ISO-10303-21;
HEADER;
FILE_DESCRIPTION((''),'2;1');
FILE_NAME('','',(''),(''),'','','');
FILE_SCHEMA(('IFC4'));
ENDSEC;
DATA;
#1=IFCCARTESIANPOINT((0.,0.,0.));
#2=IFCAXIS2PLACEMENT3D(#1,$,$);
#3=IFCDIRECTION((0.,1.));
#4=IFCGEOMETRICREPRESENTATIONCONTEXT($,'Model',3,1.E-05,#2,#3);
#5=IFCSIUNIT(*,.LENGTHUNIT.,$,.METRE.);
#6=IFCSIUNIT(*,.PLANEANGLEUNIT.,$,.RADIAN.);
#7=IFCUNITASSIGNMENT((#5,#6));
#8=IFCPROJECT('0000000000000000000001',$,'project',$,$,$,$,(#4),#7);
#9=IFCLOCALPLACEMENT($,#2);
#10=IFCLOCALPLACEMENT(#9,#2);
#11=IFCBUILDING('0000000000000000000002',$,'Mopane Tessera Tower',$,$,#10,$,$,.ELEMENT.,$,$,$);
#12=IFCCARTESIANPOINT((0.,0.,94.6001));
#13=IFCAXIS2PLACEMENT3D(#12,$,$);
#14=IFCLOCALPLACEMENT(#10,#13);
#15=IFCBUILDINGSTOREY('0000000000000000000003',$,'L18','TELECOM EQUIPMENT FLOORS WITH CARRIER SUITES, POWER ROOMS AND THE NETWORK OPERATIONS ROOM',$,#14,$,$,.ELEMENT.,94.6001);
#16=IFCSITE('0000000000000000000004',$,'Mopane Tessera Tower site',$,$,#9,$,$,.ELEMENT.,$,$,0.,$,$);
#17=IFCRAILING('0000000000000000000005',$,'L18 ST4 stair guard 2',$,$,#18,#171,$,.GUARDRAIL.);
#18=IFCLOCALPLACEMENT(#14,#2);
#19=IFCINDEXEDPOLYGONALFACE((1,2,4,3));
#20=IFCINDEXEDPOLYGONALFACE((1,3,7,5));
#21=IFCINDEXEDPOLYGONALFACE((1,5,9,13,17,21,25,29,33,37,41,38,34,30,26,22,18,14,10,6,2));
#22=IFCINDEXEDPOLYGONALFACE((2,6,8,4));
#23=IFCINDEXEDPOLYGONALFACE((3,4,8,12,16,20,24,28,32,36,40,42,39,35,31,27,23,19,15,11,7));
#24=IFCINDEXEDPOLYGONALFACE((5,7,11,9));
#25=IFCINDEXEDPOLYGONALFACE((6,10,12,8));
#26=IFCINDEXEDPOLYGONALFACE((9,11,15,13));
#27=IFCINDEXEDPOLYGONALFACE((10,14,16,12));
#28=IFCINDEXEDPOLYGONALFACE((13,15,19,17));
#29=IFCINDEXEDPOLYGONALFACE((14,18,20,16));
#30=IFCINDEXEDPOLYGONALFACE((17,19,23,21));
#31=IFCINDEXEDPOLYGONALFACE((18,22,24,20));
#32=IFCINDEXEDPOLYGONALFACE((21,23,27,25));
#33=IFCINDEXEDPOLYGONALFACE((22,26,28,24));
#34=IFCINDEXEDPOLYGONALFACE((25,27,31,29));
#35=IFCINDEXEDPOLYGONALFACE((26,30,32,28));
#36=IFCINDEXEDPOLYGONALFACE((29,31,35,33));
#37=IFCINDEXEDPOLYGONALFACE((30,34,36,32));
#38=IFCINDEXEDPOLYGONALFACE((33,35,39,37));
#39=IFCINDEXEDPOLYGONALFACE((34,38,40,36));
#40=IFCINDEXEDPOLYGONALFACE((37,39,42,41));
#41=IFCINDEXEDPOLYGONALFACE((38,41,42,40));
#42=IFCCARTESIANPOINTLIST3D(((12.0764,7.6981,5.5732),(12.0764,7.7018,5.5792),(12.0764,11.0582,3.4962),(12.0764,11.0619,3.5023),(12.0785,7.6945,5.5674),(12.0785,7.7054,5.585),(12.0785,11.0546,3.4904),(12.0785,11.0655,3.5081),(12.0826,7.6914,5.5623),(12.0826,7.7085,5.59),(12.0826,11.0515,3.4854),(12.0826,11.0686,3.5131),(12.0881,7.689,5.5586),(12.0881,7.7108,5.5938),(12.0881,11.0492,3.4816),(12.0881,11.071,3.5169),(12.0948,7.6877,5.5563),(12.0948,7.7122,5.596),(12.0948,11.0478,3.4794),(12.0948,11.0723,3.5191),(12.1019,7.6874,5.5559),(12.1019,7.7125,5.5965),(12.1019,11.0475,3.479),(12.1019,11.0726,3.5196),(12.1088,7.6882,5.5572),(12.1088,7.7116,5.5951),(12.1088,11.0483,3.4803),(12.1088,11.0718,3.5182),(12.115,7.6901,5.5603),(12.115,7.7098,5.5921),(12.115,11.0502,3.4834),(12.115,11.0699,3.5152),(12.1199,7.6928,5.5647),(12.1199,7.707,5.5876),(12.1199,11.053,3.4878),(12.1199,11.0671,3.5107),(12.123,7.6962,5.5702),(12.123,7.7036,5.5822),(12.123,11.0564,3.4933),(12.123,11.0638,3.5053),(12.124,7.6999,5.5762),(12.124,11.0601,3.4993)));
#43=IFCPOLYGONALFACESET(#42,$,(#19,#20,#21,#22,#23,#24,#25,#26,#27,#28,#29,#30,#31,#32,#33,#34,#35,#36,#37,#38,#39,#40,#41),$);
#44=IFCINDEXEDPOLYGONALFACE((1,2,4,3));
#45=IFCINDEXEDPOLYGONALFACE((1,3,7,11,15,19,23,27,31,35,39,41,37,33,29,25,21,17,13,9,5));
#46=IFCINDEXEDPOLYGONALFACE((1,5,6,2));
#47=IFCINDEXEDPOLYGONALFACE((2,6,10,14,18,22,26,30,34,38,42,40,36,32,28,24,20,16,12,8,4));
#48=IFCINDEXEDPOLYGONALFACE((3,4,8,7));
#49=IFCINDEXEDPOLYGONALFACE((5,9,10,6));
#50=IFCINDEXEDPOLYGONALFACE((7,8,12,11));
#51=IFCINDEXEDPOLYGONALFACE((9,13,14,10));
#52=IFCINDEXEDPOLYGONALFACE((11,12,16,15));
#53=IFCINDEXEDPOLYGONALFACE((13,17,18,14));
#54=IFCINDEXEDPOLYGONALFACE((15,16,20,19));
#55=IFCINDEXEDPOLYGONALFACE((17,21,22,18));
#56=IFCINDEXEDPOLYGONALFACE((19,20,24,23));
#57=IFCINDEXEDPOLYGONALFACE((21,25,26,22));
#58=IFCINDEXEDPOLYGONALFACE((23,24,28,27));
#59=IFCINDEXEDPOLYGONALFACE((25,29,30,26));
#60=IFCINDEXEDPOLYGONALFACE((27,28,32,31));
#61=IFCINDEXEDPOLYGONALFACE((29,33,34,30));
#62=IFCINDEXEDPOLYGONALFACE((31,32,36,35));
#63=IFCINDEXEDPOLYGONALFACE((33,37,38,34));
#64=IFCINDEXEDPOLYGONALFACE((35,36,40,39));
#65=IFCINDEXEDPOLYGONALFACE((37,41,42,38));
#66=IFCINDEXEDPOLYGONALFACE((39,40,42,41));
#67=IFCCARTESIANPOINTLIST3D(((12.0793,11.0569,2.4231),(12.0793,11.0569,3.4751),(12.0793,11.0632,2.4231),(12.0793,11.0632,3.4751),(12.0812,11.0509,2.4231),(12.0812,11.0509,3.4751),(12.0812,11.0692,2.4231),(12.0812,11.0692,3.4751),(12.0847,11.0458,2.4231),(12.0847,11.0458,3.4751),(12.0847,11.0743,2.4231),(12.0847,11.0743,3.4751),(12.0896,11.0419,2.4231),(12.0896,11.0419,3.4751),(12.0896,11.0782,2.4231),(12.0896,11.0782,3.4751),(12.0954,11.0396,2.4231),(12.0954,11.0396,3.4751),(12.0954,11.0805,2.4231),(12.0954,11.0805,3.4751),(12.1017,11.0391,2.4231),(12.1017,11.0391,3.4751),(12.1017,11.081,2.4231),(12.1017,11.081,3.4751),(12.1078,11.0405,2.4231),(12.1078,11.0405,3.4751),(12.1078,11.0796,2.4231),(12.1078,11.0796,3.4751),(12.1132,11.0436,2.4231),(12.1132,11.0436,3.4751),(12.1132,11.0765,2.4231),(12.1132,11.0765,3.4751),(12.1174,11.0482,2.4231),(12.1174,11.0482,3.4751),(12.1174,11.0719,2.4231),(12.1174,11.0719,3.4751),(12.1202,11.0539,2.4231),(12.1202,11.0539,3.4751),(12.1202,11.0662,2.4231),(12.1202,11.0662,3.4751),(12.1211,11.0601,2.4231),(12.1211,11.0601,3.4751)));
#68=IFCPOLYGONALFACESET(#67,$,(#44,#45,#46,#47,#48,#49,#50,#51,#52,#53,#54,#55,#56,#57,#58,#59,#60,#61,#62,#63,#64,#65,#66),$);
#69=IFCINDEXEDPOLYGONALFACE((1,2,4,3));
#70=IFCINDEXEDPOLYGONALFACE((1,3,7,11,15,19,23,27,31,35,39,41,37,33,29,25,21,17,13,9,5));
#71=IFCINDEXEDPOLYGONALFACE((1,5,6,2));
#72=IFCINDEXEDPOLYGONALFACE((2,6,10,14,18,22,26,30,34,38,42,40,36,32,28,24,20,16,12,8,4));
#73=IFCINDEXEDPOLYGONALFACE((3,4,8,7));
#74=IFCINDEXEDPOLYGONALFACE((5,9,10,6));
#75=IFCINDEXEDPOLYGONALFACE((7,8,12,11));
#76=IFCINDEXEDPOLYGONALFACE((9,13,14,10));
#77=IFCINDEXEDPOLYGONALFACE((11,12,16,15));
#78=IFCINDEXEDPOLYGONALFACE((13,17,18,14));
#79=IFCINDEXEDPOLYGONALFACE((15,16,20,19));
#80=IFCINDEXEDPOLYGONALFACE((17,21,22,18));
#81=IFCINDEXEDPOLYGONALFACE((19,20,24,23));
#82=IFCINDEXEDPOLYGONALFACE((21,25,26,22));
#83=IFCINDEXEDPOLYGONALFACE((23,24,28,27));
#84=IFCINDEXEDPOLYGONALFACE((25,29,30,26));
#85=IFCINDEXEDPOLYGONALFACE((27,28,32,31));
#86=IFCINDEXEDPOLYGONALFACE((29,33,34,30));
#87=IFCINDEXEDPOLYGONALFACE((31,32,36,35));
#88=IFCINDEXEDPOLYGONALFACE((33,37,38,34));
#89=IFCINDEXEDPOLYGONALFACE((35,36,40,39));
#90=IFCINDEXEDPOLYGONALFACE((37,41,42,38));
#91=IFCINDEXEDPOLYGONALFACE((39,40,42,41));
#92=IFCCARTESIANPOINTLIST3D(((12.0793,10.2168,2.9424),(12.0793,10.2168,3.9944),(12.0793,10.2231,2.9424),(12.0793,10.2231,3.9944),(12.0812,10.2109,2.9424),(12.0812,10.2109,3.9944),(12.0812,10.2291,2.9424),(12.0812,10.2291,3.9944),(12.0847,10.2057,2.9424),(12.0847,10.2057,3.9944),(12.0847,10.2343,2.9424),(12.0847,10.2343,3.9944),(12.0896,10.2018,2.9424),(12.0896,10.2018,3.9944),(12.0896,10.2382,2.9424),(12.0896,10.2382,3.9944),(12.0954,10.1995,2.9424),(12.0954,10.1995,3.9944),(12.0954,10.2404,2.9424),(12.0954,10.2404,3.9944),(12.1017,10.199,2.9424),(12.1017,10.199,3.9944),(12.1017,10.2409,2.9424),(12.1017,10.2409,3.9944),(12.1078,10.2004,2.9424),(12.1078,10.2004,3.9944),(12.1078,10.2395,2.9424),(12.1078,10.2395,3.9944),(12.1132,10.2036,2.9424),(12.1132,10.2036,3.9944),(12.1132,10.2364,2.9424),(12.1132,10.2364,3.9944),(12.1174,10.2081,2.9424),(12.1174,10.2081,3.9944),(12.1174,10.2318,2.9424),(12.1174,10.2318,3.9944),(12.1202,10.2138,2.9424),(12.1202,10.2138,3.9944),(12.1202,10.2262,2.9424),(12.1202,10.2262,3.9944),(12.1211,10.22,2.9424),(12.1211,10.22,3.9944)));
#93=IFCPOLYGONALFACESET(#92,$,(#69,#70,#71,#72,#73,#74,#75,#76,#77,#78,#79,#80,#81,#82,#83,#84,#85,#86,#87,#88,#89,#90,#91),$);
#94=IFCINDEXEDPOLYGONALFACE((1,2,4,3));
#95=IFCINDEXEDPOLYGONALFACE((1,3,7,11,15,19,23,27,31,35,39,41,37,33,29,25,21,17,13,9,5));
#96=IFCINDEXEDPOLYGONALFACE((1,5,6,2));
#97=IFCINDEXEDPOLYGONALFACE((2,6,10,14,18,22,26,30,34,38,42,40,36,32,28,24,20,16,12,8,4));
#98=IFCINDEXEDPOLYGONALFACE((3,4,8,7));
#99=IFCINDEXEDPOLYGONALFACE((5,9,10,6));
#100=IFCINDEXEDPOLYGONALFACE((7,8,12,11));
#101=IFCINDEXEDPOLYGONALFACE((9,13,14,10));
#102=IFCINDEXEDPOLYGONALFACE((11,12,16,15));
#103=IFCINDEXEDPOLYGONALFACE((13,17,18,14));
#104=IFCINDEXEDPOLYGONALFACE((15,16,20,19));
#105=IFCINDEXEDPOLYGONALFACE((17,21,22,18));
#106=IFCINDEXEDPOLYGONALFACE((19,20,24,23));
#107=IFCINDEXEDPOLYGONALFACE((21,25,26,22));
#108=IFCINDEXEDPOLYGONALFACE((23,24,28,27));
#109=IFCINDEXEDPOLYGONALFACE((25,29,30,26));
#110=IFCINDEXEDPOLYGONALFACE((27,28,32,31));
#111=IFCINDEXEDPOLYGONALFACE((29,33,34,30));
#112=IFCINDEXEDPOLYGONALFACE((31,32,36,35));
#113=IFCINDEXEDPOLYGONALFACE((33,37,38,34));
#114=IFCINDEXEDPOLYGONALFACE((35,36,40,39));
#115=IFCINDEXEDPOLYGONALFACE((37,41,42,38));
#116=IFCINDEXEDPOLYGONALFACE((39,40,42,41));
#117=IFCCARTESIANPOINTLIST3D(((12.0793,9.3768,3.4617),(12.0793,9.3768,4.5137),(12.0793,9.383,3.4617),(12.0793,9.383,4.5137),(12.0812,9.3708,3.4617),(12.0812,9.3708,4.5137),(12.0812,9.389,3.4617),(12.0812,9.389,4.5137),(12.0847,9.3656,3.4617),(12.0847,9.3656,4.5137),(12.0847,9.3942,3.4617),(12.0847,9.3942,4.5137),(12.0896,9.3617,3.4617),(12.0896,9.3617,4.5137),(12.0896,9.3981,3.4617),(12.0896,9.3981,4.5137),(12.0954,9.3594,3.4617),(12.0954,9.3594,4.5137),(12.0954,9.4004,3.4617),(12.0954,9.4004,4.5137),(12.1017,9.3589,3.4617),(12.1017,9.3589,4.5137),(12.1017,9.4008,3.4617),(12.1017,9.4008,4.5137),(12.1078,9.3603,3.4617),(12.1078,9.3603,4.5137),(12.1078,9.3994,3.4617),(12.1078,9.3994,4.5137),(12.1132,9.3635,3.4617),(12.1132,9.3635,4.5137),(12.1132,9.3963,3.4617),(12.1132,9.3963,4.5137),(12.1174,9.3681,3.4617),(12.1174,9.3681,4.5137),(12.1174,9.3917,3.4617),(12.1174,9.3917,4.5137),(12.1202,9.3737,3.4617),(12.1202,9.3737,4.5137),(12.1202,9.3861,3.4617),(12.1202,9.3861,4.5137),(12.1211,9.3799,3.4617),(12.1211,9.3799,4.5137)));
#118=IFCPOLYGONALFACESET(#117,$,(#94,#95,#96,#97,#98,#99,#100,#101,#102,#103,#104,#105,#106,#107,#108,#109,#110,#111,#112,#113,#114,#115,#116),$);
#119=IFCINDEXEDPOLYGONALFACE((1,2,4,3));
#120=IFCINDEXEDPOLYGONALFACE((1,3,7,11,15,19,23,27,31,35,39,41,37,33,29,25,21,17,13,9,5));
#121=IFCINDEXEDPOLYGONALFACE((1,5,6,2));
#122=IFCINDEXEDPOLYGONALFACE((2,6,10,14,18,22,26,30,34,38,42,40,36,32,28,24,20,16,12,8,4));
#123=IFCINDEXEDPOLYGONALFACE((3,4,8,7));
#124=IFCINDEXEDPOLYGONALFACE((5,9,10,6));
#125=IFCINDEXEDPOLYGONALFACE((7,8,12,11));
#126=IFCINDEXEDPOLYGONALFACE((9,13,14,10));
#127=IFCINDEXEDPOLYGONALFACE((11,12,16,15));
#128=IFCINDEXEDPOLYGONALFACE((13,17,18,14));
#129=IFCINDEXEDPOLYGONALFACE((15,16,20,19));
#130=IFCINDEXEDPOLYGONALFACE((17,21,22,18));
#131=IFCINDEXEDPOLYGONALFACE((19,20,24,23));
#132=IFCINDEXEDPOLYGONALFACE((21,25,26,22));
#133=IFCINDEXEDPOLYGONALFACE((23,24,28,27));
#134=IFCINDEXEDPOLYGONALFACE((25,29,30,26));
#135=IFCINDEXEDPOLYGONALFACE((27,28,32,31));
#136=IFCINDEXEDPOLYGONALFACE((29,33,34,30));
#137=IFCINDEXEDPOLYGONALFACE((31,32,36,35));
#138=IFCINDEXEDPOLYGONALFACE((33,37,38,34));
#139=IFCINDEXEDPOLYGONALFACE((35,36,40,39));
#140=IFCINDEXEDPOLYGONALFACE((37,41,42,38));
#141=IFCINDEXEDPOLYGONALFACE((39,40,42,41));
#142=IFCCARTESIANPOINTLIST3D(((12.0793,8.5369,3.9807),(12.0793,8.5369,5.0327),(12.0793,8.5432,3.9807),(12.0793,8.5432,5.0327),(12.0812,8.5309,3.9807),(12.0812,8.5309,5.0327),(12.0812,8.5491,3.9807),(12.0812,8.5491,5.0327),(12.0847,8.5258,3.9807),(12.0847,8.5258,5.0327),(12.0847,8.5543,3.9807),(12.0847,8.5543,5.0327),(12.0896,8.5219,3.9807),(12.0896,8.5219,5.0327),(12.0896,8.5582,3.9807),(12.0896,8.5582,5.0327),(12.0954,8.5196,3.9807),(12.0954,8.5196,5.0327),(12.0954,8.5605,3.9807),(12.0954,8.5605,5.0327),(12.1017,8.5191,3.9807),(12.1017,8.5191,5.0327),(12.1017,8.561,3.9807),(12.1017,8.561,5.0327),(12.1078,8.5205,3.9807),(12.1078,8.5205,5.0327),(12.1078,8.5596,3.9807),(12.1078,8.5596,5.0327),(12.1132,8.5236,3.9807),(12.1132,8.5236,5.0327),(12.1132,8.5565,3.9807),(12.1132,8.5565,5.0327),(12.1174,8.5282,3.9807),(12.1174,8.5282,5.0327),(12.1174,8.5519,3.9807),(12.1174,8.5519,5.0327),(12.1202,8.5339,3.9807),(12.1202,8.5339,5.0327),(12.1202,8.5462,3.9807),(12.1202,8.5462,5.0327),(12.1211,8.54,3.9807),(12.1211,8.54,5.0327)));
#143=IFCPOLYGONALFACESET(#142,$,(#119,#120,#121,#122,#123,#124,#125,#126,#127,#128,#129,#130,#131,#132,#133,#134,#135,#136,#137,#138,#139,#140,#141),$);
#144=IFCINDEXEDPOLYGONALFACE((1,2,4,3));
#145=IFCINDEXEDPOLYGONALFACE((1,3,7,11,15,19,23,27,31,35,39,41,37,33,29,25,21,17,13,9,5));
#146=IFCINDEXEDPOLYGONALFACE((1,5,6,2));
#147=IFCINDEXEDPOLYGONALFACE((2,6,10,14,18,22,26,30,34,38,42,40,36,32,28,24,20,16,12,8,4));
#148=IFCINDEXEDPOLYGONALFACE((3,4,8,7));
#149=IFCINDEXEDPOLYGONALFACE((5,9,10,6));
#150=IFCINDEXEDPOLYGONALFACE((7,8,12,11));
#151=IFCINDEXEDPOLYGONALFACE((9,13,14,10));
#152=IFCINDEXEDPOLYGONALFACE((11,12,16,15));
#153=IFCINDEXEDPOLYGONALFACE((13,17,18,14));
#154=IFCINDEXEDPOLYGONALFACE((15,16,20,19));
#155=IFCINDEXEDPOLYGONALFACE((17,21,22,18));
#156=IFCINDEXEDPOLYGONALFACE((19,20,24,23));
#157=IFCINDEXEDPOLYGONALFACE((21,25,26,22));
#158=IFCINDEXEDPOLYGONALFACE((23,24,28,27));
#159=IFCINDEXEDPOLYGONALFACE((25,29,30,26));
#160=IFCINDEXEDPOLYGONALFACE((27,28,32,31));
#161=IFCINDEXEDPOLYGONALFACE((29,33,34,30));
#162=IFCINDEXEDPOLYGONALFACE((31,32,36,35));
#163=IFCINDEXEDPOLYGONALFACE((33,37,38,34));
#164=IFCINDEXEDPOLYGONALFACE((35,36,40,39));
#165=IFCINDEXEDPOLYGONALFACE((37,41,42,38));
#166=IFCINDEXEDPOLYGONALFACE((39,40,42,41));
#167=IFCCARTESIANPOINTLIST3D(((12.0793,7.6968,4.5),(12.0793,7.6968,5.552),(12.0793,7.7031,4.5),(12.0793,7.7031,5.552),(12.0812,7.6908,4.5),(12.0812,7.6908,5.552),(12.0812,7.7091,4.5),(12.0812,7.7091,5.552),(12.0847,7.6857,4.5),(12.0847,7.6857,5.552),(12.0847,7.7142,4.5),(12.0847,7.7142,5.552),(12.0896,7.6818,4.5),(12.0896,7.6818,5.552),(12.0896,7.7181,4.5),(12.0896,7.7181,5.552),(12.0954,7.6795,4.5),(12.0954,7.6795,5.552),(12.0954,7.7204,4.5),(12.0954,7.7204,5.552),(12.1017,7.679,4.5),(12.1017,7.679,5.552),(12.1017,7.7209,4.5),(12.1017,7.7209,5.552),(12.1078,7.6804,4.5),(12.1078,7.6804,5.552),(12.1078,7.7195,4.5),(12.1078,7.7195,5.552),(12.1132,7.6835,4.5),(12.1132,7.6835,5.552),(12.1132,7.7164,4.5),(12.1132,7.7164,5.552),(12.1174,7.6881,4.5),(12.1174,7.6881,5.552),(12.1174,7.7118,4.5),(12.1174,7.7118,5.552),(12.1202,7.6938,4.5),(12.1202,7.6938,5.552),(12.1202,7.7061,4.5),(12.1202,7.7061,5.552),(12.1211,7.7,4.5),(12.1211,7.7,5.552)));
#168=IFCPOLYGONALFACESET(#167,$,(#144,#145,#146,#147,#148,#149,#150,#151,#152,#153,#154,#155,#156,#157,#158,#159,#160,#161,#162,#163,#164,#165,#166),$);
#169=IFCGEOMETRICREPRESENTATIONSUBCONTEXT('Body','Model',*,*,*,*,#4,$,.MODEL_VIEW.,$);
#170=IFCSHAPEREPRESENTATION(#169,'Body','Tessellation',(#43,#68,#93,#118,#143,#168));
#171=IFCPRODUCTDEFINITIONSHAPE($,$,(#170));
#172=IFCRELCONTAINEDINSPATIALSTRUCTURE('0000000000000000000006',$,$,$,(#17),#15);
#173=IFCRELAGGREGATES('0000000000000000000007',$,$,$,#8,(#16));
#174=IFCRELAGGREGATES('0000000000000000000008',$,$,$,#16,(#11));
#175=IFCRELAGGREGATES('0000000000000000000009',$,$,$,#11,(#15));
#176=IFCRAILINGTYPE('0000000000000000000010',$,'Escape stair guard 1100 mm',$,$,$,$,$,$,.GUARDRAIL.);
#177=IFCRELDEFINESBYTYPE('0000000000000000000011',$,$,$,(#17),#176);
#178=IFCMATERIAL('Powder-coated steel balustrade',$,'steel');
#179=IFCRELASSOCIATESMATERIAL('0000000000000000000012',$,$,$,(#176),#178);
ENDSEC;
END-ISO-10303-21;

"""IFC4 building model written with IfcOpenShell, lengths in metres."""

from ifc_helpers import new_model, si_unit, direction, frame, origin, origin_2d, place, context, subcontext, project, spatial, circle, extrude, material, type_object, element, save


model = new_model("IFC4")

# Units and contexts
model_context = context("Model", 3, precision=1e-05, world=origin(), true_north=direction((0.0, 1.0)))
body_context = subcontext(model_context, "Body", "Model", "MODEL_VIEW")
ifc_project = project(units=[si_unit("LENGTHUNIT", "METRE"), si_unit("PLANEANGLEUNIT", "RADIAN")], contexts=[model_context])

# Site, building, storey
site_placement = place(None, origin())
site = spatial("IfcSite", under=ifc_project, at=site_placement, Name="Mopane Tessera Tower site", CompositionType="ELEMENT", RefElevation=0.0)
building_placement = place(site_placement, origin())
building = spatial("IfcBuilding", under=site, at=building_placement, Name="Mopane Tessera Tower", CompositionType="ELEMENT")
storey_placement = place(building_placement, frame((0.0, 0.0, 94.6001)))
storey = spatial("IfcBuildingStorey", under=building, at=storey_placement, Name="L18", Description="TELECOM EQUIPMENT FLOORS WITH CARRIER SUITES, POWER ROOMS AND THE NETWORK OPERATIONS ROOM", CompositionType="ELEMENT", Elevation=94.6001)

# Railing
ifc_material_1 = material(Name="Powder-coated steel balustrade", Category="steel")
railing_type_1 = type_object("IfcRailingType", Name="Escape stair guard 1100 mm", PredefinedType="GUARDRAIL", material=ifc_material_1)
railing_1_placement = place(storey_placement, frame((12.1001, 11.0601, 2.4231)))
element("IfcRailing", 1, at=railing_1_placement, inside=storey, type_object=railing_type_1, Name="L18 ST4 stair guard 2", PredefinedType="GUARDRAIL", context=body_context, shape_type="SweptSolid", body=[
    extrude(circle(Radius=0.0239, at=origin_2d()), frame((0.0, 0.0, 1.0762), z_axis=(0.0, -0.850623, 0.525776), x_axis=(1.0, 0.0, 0.0)), (0.0, 0.0, 1.0), 3.9502),
    extrude(circle(Radius=0.021, at=origin_2d()), origin(), (0.0, 0.0, 1.0), 1.052),
    extrude(circle(Radius=0.021, at=origin_2d()), frame((0.0, -0.8401, 0.5193)), (0.0, 0.0, 1.0), 1.052),
    extrude(circle(Radius=0.021, at=origin_2d()), frame((0.0, -1.6802, 1.0386)), (0.0, 0.0, 1.0), 1.052),
    extrude(circle(Radius=0.021, at=origin_2d()), frame((0.0, -2.52, 1.5576)), (0.0, 0.0, 1.0), 1.052),
    extrude(circle(Radius=0.021, at=origin_2d()), frame((0.0, -3.3601, 2.0769)), (0.0, 0.0, 1.0), 1.052),
])

save(model, "model.ifc")
